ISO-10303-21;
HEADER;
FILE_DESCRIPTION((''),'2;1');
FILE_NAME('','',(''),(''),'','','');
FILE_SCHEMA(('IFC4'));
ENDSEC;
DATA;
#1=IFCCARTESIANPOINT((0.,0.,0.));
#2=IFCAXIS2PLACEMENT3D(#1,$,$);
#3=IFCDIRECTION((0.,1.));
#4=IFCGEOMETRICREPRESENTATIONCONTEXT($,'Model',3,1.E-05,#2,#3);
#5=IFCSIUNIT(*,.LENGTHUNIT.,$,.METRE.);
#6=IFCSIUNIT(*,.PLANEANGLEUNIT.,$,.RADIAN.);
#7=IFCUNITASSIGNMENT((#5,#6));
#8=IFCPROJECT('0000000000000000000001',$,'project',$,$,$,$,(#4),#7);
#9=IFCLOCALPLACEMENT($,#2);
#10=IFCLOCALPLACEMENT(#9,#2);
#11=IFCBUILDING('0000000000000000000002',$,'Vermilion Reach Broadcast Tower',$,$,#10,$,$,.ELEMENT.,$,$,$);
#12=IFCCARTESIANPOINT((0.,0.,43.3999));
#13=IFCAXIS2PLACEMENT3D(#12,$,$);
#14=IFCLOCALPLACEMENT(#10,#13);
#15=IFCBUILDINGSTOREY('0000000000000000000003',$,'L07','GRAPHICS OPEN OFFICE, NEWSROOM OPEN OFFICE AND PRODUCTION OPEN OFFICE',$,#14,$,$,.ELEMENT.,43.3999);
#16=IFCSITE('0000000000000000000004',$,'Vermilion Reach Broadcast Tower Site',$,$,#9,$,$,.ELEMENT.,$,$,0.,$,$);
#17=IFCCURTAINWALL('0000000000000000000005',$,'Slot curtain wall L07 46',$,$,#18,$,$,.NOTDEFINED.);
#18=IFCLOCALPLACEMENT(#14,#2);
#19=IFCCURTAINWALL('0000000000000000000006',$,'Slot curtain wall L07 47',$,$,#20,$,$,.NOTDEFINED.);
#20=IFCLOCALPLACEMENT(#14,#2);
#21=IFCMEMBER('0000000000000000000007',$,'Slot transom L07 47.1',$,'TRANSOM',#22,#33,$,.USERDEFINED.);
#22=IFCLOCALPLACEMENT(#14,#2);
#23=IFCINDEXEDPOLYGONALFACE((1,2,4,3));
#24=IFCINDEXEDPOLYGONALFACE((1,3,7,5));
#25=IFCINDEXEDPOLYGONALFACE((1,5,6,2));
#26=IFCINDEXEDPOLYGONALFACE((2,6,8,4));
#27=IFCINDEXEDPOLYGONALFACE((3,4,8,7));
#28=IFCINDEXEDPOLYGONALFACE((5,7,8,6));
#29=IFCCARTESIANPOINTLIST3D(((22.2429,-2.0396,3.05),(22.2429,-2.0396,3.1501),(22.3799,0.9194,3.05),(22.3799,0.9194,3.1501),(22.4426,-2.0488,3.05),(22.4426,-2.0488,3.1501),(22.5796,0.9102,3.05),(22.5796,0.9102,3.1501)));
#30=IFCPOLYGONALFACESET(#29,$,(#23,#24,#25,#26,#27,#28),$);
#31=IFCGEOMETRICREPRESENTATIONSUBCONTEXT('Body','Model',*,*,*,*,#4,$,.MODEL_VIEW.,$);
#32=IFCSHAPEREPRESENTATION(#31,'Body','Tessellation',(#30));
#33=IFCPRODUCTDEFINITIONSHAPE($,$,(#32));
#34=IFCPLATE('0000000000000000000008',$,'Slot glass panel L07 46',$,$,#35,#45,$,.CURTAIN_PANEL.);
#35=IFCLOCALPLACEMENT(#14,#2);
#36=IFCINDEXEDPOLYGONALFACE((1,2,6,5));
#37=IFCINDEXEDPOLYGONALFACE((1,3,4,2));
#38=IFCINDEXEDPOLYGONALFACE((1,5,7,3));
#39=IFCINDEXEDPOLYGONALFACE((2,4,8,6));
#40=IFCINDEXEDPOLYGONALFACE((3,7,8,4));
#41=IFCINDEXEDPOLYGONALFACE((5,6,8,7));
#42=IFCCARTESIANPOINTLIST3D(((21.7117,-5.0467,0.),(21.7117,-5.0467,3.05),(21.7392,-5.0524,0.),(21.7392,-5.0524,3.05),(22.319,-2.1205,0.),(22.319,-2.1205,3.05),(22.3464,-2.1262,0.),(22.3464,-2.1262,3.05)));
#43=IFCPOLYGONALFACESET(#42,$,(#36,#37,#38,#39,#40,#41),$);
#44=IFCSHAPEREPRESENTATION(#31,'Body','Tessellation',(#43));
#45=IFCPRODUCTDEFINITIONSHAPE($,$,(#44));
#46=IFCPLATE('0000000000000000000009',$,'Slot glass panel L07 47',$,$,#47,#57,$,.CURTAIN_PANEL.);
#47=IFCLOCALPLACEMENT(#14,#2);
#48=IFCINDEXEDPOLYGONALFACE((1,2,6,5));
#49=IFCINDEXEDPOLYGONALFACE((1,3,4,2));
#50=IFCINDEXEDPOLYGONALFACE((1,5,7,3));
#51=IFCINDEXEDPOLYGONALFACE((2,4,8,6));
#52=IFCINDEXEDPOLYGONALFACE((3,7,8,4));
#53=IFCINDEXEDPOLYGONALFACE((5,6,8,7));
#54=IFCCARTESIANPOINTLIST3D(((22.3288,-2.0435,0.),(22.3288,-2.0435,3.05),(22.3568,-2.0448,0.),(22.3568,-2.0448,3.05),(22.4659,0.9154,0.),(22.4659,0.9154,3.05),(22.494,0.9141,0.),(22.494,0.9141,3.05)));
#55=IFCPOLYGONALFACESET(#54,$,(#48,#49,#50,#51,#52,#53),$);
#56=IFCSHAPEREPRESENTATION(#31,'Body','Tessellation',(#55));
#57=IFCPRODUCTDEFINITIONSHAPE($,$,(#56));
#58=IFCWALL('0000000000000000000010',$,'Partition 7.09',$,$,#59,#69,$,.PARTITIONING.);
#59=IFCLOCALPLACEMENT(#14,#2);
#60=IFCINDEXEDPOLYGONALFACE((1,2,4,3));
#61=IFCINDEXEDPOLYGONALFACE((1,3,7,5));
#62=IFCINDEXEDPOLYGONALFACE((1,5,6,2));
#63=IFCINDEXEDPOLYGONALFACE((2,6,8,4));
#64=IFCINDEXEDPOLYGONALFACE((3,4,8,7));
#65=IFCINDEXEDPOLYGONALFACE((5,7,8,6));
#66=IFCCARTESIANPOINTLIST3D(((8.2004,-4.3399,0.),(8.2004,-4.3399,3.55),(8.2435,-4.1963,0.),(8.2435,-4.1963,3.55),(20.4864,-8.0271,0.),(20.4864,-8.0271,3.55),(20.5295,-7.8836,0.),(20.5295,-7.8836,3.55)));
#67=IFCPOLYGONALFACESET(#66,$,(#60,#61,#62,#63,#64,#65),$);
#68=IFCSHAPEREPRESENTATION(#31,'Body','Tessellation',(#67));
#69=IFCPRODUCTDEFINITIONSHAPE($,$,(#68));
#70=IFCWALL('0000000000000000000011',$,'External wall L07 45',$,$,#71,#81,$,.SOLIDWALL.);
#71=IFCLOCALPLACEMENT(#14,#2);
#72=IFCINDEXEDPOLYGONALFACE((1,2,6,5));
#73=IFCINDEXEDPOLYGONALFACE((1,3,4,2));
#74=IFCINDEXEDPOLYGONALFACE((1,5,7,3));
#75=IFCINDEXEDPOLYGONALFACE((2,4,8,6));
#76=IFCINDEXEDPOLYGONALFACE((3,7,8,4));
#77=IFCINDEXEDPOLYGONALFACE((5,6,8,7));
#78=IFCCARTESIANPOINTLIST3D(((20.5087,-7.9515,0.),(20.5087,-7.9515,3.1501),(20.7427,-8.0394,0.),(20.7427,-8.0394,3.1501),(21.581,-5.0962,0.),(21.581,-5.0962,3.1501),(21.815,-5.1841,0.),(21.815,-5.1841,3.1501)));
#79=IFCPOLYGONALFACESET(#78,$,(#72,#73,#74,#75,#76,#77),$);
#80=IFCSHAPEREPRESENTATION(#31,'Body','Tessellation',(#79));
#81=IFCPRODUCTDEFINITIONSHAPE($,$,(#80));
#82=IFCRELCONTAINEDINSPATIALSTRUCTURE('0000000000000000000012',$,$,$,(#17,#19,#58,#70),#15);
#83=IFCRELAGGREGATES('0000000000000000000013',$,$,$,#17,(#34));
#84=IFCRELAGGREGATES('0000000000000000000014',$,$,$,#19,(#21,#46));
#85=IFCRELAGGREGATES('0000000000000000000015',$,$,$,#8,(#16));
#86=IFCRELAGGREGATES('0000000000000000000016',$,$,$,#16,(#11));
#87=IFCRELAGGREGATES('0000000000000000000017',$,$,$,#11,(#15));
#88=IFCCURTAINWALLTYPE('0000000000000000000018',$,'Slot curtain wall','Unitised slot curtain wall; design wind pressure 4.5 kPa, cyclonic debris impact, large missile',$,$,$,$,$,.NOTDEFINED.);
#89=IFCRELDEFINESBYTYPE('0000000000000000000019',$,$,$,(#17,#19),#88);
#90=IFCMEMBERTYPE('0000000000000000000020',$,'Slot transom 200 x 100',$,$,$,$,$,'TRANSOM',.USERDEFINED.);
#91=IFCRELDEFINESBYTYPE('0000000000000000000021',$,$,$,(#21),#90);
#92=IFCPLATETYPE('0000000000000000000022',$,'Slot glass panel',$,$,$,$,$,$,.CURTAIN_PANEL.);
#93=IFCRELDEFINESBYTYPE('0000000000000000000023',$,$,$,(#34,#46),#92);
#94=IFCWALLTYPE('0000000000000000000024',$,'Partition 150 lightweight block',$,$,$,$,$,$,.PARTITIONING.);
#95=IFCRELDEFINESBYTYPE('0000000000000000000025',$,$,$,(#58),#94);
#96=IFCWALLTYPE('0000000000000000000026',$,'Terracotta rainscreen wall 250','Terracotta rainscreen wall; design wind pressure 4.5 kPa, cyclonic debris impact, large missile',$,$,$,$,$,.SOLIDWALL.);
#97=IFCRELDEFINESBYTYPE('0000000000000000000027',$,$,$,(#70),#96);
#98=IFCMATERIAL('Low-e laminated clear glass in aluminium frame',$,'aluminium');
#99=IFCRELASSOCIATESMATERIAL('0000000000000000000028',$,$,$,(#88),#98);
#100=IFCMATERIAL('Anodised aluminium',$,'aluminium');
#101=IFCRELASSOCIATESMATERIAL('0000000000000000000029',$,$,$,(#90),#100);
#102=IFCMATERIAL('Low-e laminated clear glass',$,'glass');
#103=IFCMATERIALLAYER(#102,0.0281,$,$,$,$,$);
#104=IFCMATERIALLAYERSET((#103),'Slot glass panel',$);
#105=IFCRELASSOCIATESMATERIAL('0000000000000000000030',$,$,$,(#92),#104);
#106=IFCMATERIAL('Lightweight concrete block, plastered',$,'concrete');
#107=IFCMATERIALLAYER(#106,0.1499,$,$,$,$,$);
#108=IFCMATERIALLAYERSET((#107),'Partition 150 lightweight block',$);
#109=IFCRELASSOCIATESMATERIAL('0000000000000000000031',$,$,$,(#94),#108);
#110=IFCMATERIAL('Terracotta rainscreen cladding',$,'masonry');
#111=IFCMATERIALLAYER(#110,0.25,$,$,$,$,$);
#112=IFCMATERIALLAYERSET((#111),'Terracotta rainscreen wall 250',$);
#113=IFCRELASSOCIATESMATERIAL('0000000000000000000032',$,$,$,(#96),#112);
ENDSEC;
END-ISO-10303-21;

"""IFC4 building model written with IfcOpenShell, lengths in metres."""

from ifc_helpers import new_model, si_unit, direction, frame, frame_2d, origin, origin_2d, place, context, subcontext, project, spatial, rectangle, extrude, material, layer, layer_set, material_profile, profile_set, type_object, element, aggregate, save


model = new_model("IFC4")

# Units and contexts
model_context = context("Model", 3, precision=1e-05, world=origin(), true_north=direction((0.0, 1.0)))
body_context = subcontext(model_context, "Body", "Model", "MODEL_VIEW")
ifc_project = project(units=[si_unit("LENGTHUNIT", "METRE"), si_unit("PLANEANGLEUNIT", "RADIAN")], contexts=[model_context])

# Site, building, storey
site_placement = place(None, origin())
site = spatial("IfcSite", under=ifc_project, at=site_placement, Name="Vermilion Reach Broadcast Tower Site", CompositionType="ELEMENT", RefElevation=0.0)
building_placement = place(site_placement, origin())
building = spatial("IfcBuilding", under=site, at=building_placement, Name="Vermilion Reach Broadcast Tower", CompositionType="ELEMENT")
storey_placement = place(building_placement, frame((0.0, 0.0, 43.3999)))
storey = spatial("IfcBuildingStorey", under=building, at=storey_placement, Name="L07", Description="GRAPHICS OPEN OFFICE, NEWSROOM OPEN OFFICE AND PRODUCTION OPEN OFFICE", CompositionType="ELEMENT", Elevation=43.3999)

# Curtain walls
ifc_material_1 = material(Name="Low-e laminated clear glass in aluminium frame", Category="aluminium")
curtain_wall_type = type_object("IfcCurtainWallType", Name="Slot curtain wall", Description="Unitised slot curtain wall; design wind pressure 4.5 kPa, cyclonic debris impact, large missile", PredefinedType="NOTDEFINED", material=ifc_material_1)
placement = place(storey_placement, origin())
curtain_wall_1 = element("IfcCurtainWall", 1, at=placement, inside=storey, type_object=curtain_wall_type, Name="Slot curtain wall L07 46", PredefinedType="NOTDEFINED")
curtain_wall_2 = element("IfcCurtainWall", 2, at=placement, inside=storey, type_object=curtain_wall_type, Name="Slot curtain wall L07 47", PredefinedType="NOTDEFINED")

# Member
ifc_material_2 = material(Name="Anodised aluminium", Category="aluminium")
ifc_material_profile_1 = material_profile(ifc_material_2, rectangle(XDim=0.2, YDim=0.1001, at=origin_2d()), Name="Slot transom 200 x 100")
ifc_profile_set_1 = profile_set([ifc_material_profile_1], Name="Anodised aluminium")
member_type_1 = type_object("IfcMemberType", Name="Slot transom 200 x 100", ElementType="TRANSOM", PredefinedType="USERDEFINED", material=ifc_profile_set_1)
member_1_placement = place(storey_placement, frame((22.3428, -2.0442, 3.1001), z_axis=(0.046238, 0.99893, 0.0), x_axis=(-0.99893, 0.046238, 0.0)))
member_1 = element("IfcMember", 3, at=member_1_placement, type_object=member_type_1, Name="Slot transom L07 47.1", ObjectType="TRANSOM", PredefinedType="USERDEFINED", context=body_context, shape_type="SweptSolid", body=[
    extrude(rectangle(XDim=0.2, YDim=0.1001, at=origin_2d()), origin(), (0.0, 0.0, 1.0), 2.9622),
])

# Plates
ifc_material_3 = material(Name="Low-e laminated clear glass", Category="glass")
ifc_layer_1 = layer(ifc_material_3, 0.0281)
ifc_layer_set_1 = layer_set([ifc_layer_1], Name="Slot glass panel")
plate_type = type_object("IfcPlateType", Name="Slot glass panel", PredefinedType="CURTAIN_PANEL", material=ifc_layer_set_1)
plate_1_placement = place(storey_placement, frame((22.0291, -3.5864, 0.0), z_axis=(0.0, 0.0, 1.0), x_axis=(0.203206, 0.979136, 0.0)))
plate_1 = element("IfcPlate", 4, at=plate_1_placement, type_object=plate_type, Name="Slot glass panel L07 46", PredefinedType="CURTAIN_PANEL", context=body_context, shape_type="SweptSolid", body=[
    extrude(rectangle(XDim=2.9885, YDim=0.0281, at=origin_2d()), origin(), (0.0, 0.0, 1.0), 3.05),
])
aggregate(curtain_wall_1, [plate_1])
plate_2_placement = place(storey_placement, frame((22.4114, -0.5647, 0.0), z_axis=(0.0, 0.0, 1.0), x_axis=(0.046291, 0.998928, 0.0)))
plate_2 = element("IfcPlate", 5, at=plate_2_placement, type_object=plate_type, Name="Slot glass panel L07 47", PredefinedType="CURTAIN_PANEL", context=body_context, shape_type="SweptSolid", body=[
    extrude(rectangle(XDim=2.9622, YDim=0.0281, at=origin_2d()), origin(), (0.0, 0.0, 1.0), 3.05),
])
aggregate(curtain_wall_2, [member_1, plate_2])

# Walls
ifc_material_4 = material(Name="Lightweight concrete block, plastered", Category="concrete")
ifc_layer_2 = layer(ifc_material_4, 0.1499)
ifc_layer_set_2 = layer_set([ifc_layer_2], Name="Partition 150 lightweight block")
wall_type_1 = type_object("IfcWallType", Name="Partition 150 lightweight block", PredefinedType="PARTITIONING", material=ifc_layer_set_2)
wall_1_placement = place(storey_placement, frame((20.5078, -7.9553, 0.0), z_axis=(0.0, 0.0, 1.0), x_axis=(-0.957796, 0.287449, 0.0)))
element("IfcWall", 6, at=wall_1_placement, inside=storey, type_object=wall_type_1, Name="Partition 7.09", PredefinedType="PARTITIONING", context=body_context, shape_type="SweptSolid", body=[
    extrude(rectangle(XDim=12.8274, YDim=0.1499, at=frame_2d((6.4136, 0.0))), origin(), (0.0, 0.0, 1.0), 3.55),
])
ifc_material_5 = material(Name="Terracotta rainscreen cladding", Category="masonry")
ifc_layer_3 = layer(ifc_material_5, 0.25)
ifc_layer_set_3 = layer_set([ifc_layer_3], Name="Terracotta rainscreen wall 250")
wall_type_2 = type_object("IfcWallType", Name="Terracotta rainscreen wall 250", Description="Terracotta rainscreen wall; design wind pressure 4.5 kPa, cyclonic debris impact, large missile", PredefinedType="SOLIDWALL", material=ifc_layer_set_3)
wall_2_placement = place(storey_placement, frame((20.6257, -7.9954, 0.0), z_axis=(0.0, 0.0, 1.0), x_axis=(0.351571, 0.936161, 0.0)))
element("IfcWall", 7, at=wall_2_placement, inside=storey, type_object=wall_type_2, Name="External wall L07 45", PredefinedType="SOLIDWALL", context=body_context, shape_type="SweptSolid", body=[
    extrude(rectangle(XDim=3.05, YDim=0.25, at=frame_2d((1.5249, 0.0))), origin(), (0.0, 0.0, 1.0), 3.1501),
])

save(model, "model.ifc")
